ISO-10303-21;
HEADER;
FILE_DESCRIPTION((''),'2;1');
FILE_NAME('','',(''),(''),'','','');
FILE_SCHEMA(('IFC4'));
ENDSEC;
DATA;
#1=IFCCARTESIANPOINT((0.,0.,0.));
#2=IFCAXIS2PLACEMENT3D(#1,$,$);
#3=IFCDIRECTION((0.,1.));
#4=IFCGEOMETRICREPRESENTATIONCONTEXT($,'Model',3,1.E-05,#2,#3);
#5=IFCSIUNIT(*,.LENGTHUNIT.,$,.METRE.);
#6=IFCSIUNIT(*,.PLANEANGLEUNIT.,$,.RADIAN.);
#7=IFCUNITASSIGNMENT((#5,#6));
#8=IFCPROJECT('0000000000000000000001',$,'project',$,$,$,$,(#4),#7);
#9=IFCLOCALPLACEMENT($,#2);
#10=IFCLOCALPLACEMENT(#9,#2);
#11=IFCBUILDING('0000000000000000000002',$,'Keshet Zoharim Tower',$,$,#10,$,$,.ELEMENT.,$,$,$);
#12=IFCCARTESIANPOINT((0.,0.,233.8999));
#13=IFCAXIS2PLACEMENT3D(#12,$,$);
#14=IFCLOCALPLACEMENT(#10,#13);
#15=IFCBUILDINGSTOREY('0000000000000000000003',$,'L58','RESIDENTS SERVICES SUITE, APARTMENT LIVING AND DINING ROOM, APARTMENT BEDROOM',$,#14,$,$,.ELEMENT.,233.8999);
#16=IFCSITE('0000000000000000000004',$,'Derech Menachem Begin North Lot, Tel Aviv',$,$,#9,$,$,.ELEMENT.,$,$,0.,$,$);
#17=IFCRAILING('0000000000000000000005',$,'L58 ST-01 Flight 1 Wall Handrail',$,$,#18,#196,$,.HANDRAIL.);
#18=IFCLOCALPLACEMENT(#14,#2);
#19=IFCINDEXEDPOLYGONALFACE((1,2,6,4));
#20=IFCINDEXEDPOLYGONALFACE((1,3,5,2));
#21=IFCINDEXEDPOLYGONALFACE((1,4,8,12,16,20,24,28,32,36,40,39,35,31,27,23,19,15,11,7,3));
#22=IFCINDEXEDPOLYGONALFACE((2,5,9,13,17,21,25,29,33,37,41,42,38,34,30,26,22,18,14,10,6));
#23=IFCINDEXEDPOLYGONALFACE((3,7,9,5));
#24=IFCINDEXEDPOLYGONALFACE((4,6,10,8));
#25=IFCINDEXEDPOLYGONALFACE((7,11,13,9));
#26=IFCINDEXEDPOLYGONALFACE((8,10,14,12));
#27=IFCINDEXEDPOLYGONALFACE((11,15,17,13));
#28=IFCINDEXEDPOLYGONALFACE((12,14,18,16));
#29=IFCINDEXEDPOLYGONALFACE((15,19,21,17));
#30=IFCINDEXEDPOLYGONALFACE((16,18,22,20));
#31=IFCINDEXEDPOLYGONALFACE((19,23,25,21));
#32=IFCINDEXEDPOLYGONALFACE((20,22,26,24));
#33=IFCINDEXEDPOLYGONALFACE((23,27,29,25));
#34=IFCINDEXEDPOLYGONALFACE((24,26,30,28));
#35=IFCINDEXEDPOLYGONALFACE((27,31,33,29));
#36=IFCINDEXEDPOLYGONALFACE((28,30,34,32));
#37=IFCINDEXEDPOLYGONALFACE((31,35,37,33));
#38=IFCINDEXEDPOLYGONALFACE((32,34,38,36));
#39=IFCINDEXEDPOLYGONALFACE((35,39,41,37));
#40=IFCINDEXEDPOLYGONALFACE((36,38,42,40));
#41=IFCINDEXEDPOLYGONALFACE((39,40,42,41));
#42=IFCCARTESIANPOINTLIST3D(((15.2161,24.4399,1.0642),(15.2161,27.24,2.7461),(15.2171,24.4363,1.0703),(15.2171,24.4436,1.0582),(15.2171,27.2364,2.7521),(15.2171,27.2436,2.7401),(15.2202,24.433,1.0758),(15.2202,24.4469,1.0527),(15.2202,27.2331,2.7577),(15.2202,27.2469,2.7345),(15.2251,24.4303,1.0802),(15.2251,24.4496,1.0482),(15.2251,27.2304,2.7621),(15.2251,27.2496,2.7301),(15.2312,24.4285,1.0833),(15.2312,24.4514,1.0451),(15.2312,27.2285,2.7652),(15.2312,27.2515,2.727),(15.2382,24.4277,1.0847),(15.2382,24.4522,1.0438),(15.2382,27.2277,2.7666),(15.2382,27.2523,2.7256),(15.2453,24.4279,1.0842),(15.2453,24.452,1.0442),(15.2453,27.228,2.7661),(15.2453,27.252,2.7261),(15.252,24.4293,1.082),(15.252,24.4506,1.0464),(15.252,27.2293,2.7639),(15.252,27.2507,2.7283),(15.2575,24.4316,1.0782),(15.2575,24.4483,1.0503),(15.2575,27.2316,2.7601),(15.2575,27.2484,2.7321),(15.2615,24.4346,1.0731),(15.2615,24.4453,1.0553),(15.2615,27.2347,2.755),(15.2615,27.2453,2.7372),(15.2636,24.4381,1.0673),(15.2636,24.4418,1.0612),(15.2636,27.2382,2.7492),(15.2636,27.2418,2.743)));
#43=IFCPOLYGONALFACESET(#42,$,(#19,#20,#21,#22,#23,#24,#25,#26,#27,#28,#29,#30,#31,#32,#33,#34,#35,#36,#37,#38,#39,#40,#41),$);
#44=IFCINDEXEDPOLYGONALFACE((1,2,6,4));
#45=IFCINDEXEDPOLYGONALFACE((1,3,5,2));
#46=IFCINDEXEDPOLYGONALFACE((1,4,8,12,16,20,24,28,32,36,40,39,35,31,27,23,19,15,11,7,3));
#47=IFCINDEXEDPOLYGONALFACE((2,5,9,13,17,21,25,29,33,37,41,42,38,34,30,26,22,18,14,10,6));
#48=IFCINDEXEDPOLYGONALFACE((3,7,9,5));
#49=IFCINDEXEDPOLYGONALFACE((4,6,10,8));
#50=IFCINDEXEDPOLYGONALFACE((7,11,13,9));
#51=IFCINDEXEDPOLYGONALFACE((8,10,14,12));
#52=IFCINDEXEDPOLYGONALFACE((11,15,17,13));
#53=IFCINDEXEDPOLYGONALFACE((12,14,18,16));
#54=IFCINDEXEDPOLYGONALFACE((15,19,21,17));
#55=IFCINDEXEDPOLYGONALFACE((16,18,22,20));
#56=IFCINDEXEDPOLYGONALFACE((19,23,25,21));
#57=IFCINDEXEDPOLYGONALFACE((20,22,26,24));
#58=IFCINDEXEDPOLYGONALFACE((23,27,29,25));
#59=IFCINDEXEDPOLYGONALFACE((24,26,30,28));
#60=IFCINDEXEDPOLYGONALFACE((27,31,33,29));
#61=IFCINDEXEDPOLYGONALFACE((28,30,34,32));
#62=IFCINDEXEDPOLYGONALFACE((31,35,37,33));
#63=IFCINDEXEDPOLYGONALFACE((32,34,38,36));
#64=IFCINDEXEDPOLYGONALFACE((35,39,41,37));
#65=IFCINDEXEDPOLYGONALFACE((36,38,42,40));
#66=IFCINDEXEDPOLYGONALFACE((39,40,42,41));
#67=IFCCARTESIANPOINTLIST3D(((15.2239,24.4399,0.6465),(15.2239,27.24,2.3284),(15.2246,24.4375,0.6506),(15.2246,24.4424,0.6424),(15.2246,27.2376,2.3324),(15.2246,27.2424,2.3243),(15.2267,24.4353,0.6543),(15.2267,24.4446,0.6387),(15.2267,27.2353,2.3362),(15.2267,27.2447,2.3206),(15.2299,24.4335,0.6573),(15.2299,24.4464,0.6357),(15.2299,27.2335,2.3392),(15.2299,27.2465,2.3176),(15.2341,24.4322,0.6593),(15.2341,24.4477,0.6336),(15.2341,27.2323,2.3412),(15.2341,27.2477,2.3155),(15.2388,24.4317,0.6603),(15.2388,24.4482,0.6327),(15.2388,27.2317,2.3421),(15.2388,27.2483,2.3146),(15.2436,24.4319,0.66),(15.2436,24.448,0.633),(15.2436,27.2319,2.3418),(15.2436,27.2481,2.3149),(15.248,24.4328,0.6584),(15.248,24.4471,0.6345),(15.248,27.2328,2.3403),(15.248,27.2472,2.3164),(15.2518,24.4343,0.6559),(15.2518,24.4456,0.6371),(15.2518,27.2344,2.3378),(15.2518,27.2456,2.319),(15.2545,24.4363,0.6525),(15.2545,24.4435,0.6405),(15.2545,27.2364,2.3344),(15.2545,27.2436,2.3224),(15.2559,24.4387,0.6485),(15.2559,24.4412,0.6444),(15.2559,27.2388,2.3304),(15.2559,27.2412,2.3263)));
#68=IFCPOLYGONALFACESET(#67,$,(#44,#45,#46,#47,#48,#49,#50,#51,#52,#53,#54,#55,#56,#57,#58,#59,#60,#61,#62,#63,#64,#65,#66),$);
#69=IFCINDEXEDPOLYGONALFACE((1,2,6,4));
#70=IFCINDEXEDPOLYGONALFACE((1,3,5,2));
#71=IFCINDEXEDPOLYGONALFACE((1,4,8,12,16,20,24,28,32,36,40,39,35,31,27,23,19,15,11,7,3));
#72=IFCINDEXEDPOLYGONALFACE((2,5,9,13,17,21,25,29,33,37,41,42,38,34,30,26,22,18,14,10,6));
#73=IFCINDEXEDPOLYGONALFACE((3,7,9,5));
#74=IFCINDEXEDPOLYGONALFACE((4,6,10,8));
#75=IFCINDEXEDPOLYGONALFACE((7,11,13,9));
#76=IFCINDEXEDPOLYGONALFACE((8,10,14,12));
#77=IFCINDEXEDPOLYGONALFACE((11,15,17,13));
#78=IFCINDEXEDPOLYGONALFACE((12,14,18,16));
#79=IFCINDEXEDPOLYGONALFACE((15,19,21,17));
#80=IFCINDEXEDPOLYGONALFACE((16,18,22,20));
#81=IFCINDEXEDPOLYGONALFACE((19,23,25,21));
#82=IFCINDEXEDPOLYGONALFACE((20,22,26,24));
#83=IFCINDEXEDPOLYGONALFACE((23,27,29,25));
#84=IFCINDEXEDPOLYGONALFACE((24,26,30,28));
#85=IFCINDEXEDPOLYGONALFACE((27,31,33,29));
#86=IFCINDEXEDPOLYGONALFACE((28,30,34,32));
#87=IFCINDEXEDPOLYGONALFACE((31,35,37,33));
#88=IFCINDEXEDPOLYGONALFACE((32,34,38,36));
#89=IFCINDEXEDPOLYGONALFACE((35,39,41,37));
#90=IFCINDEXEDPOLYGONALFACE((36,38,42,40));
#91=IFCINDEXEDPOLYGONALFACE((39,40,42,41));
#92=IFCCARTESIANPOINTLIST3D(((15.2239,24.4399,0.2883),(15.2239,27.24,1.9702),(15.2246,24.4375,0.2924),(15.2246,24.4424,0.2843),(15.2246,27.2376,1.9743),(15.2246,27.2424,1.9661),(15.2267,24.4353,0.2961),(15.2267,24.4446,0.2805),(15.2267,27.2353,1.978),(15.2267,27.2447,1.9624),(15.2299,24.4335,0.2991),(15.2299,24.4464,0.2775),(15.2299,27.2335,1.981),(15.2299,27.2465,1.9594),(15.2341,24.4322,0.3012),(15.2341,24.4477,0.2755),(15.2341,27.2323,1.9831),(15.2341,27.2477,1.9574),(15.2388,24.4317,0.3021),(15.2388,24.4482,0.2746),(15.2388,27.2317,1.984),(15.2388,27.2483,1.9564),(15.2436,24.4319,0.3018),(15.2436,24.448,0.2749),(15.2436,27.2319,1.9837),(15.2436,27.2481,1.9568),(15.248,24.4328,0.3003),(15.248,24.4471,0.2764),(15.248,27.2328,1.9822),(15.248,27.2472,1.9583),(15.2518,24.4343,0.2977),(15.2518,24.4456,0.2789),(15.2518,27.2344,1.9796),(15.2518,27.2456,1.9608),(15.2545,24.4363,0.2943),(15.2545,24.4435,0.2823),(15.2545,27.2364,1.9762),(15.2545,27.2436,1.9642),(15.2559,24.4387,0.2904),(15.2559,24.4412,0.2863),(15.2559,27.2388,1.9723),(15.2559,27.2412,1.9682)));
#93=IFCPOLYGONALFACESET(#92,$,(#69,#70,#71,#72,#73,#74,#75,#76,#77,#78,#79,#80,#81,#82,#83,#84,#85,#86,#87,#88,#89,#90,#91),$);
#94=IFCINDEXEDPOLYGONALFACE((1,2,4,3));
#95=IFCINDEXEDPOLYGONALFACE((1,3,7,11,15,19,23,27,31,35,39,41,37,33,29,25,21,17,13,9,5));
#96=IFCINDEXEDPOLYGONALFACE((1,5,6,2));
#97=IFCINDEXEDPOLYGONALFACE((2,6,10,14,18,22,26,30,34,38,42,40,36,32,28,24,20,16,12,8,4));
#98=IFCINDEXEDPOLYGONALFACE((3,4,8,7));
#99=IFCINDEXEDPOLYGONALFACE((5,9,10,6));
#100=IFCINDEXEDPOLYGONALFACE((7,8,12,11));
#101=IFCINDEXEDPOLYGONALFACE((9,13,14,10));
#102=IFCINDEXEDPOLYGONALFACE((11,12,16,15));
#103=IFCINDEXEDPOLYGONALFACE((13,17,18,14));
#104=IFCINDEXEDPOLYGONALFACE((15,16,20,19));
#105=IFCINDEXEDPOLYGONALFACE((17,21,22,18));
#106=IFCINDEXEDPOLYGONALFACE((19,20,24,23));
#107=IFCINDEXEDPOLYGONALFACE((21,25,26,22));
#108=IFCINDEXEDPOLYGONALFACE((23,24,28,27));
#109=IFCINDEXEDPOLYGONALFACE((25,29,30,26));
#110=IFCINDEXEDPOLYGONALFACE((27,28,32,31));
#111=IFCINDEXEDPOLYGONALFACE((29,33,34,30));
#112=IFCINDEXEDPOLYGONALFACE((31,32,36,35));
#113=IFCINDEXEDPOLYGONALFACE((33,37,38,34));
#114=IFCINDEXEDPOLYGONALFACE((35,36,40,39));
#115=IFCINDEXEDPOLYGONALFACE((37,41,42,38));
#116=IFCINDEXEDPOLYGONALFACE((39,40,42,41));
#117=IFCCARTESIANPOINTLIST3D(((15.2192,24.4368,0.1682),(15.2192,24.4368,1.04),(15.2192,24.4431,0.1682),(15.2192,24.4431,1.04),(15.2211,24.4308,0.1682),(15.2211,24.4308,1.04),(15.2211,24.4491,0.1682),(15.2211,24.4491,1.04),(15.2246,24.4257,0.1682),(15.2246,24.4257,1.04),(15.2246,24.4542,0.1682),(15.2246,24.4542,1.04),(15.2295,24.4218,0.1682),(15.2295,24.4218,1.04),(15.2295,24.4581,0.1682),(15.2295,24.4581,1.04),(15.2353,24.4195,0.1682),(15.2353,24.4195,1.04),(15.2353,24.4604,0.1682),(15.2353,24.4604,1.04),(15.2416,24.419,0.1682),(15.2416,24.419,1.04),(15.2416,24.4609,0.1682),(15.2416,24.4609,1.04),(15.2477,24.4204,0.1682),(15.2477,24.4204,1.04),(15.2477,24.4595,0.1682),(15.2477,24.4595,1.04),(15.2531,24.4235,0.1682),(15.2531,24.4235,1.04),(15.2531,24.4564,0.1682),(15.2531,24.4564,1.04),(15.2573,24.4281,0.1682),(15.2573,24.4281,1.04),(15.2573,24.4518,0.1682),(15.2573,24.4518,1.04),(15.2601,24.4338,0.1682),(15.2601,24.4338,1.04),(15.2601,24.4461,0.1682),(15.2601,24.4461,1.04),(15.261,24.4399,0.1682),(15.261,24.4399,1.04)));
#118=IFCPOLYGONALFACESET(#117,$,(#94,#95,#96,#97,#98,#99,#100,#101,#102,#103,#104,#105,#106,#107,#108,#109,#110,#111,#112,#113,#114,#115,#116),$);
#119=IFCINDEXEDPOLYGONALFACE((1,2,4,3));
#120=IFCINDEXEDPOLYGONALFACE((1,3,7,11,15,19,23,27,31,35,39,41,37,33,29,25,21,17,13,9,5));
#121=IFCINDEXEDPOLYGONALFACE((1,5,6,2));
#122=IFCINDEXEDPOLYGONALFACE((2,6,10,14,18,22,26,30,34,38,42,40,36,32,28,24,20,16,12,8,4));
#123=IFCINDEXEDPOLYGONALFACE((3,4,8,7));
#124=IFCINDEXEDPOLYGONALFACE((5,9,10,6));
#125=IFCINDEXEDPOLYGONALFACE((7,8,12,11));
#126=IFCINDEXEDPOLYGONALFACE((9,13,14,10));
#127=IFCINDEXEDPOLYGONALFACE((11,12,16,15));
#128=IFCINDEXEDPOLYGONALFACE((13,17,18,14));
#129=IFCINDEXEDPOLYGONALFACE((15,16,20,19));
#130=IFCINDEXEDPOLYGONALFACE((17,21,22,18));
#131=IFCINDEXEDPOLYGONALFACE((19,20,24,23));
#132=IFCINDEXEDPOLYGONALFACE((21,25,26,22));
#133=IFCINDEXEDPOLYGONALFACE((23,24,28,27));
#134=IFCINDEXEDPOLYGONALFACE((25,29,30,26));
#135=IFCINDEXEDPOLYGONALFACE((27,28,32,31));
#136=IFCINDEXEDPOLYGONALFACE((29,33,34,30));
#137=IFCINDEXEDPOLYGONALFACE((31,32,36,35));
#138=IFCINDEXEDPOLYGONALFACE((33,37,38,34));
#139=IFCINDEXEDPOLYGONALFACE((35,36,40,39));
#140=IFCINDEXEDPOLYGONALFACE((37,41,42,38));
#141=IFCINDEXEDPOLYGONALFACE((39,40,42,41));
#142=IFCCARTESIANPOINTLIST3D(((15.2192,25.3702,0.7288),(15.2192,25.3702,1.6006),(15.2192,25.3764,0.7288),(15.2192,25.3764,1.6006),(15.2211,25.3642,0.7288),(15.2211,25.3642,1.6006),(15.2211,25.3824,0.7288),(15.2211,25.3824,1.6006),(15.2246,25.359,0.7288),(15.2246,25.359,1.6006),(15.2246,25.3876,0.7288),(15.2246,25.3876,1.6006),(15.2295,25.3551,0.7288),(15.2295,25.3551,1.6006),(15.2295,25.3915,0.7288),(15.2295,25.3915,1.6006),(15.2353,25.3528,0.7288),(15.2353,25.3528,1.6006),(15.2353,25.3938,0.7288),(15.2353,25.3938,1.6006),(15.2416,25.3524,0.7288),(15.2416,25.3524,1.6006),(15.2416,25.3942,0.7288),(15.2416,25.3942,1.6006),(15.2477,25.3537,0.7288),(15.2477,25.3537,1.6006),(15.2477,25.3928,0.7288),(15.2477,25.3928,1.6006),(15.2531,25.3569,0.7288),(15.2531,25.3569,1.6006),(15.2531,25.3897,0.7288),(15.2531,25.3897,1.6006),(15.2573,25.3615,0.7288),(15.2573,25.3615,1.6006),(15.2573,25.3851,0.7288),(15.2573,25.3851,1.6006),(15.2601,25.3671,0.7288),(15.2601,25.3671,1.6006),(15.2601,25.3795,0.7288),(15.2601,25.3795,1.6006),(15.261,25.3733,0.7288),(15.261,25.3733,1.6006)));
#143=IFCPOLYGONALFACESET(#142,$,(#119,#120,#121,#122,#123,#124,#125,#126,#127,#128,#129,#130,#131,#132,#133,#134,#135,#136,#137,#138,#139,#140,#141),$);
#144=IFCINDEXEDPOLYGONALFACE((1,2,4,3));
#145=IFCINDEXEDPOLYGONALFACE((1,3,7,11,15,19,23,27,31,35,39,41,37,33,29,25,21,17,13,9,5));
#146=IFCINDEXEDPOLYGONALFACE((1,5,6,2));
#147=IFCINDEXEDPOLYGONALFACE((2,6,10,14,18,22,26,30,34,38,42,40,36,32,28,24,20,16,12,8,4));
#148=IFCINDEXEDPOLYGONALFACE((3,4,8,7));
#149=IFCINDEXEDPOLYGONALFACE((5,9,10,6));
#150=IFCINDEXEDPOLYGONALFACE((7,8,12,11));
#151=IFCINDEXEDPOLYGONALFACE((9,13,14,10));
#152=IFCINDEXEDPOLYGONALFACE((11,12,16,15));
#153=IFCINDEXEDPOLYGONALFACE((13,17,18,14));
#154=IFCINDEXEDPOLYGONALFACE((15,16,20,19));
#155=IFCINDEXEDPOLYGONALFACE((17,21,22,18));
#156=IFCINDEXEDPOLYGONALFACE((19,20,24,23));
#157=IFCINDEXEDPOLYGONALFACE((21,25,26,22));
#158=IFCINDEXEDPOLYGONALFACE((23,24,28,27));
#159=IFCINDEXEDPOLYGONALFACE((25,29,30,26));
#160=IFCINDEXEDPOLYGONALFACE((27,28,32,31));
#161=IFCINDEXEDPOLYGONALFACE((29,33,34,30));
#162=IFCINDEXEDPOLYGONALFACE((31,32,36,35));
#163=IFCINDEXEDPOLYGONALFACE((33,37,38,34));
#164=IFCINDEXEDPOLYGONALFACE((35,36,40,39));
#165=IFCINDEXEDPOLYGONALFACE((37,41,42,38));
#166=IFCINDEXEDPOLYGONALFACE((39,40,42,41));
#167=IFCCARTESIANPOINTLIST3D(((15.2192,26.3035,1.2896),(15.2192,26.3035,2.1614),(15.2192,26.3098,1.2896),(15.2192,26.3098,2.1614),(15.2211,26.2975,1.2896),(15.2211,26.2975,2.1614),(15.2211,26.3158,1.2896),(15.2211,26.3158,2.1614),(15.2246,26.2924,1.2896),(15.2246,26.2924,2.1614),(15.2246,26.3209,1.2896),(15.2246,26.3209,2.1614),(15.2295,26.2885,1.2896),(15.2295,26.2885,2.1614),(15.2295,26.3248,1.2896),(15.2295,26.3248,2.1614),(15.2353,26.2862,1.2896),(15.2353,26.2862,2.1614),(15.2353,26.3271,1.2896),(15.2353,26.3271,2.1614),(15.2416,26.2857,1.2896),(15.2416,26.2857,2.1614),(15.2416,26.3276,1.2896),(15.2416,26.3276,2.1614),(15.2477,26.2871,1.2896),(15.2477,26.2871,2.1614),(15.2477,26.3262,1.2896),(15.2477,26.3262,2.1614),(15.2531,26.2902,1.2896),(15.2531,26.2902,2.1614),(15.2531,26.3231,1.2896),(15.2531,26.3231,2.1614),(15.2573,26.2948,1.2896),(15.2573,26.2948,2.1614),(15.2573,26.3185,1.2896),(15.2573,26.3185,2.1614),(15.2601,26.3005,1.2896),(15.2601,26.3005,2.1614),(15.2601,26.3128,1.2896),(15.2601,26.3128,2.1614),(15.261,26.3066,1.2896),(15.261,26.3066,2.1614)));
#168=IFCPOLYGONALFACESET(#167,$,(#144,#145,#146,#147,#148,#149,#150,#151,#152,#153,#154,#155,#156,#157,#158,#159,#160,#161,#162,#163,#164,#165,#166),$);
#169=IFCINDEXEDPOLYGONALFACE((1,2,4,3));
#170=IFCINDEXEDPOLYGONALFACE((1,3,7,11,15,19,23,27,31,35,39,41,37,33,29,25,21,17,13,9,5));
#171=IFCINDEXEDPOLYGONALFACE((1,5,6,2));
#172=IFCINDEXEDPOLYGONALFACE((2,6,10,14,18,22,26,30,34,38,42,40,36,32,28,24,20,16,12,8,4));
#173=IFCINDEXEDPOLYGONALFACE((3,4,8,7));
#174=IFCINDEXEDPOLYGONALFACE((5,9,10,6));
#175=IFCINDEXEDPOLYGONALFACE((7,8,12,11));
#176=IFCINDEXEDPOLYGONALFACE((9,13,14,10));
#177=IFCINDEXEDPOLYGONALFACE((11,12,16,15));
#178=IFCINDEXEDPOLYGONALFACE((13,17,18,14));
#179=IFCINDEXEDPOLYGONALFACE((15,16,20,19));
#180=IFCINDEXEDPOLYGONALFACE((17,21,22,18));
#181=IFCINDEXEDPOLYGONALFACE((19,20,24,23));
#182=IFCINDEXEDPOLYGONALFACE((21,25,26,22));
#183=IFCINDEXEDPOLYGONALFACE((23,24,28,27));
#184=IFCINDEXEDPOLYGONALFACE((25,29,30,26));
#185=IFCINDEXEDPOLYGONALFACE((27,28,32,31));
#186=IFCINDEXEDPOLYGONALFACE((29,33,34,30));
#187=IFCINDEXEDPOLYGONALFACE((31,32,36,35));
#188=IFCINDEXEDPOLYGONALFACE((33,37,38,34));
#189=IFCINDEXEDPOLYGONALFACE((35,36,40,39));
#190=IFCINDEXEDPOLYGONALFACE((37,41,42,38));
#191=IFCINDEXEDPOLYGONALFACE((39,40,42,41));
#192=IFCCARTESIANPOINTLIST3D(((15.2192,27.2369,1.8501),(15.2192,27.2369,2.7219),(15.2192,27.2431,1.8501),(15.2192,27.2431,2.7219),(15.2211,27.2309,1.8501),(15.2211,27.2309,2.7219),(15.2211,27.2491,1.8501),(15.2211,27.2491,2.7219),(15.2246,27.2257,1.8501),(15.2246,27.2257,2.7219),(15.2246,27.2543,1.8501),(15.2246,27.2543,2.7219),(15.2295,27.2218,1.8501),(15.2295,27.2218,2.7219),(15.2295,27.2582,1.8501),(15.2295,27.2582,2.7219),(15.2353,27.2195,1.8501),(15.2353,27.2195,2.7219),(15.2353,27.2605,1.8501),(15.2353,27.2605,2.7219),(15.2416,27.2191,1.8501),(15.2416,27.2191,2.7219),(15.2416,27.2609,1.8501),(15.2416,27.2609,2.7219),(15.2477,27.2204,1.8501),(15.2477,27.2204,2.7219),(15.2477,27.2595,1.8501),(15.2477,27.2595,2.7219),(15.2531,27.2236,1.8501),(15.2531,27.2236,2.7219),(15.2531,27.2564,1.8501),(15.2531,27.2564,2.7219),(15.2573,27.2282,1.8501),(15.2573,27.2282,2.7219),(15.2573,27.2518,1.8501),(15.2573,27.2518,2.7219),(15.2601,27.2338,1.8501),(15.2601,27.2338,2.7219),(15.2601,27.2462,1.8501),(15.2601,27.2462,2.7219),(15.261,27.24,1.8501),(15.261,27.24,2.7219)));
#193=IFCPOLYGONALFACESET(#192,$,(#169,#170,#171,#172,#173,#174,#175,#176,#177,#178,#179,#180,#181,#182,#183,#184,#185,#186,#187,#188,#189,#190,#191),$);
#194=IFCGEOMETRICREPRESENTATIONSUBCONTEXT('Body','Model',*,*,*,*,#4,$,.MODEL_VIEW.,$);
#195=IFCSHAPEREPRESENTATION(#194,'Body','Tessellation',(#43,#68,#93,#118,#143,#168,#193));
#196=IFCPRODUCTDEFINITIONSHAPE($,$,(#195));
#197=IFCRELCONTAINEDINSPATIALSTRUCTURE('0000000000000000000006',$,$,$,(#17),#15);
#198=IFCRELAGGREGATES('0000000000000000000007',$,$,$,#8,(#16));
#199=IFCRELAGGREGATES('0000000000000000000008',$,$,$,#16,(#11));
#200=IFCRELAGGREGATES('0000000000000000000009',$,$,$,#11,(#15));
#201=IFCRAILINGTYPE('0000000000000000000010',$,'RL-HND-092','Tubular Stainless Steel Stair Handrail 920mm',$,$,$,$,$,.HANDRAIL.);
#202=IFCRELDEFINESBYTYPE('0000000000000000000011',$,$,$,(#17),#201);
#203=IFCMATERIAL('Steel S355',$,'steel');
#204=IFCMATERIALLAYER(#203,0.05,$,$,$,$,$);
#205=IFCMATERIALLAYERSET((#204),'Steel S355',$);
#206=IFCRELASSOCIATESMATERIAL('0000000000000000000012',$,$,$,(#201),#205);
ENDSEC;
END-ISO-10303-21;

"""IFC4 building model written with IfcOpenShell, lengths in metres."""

from ifc_helpers import new_model, si_unit, direction, frame, origin, origin_2d, place, context, subcontext, project, spatial, circle, extrude, material, layer, layer_set, type_object, element, save


model = new_model("IFC4")

# Units and contexts
model_context = context("Model", 3, precision=1e-05, world=origin(), true_north=direction((0.0, 1.0)))
body_context = subcontext(model_context, "Body", "Model", "MODEL_VIEW")
ifc_project = project(units=[si_unit("LENGTHUNIT", "METRE"), si_unit("PLANEANGLEUNIT", "RADIAN")], contexts=[model_context])

# Site, building, storey
site_placement = place(None, origin())
site = spatial("IfcSite", under=ifc_project, at=site_placement, Name="Derech Menachem Begin North Lot, Tel Aviv", CompositionType="ELEMENT", RefElevation=0.0)
building_placement = place(site_placement, origin())
building = spatial("IfcBuilding", under=site, at=building_placement, Name="Keshet Zoharim Tower", CompositionType="ELEMENT")
storey_placement = place(building_placement, frame((0.0, 0.0, 233.8999)))
storey = spatial("IfcBuildingStorey", under=building, at=storey_placement, Name="L58", Description="RESIDENTS SERVICES SUITE, APARTMENT LIVING AND DINING ROOM, APARTMENT BEDROOM", CompositionType="ELEMENT", Elevation=233.8999)

# Shared definitions
ifc_material_1 = material(Name="Steel S355", Category="steel")

# Railing
ifc_layer_1 = layer(ifc_material_1, 0.05)
ifc_layer_set_1 = layer_set([ifc_layer_1], Name="Steel S355")
railing_type_1 = type_object("IfcRailingType", Name="RL-HND-092", Description="Tubular Stainless Steel Stair Handrail 920mm", PredefinedType="HANDRAIL", material=ifc_layer_set_1)
railing_1_placement = place(storey_placement, frame((15.24, 24.4399, 0.1682)))
element("IfcRailing", 1, at=railing_1_placement, inside=storey, type_object=railing_type_1, Name="L58 ST-01 Flight 1 Wall Handrail", PredefinedType="HANDRAIL", context=body_context, shape_type="SweptSolid", body=[
    extrude(circle(Radius=0.0239, at=origin_2d()), frame((0.0, 0.0, 0.896), z_axis=(0.0, 0.857242, 0.514913), x_axis=(-1.0, 0.0, 0.0)), (0.0, 0.0, 1.0), 3.2664),
    extrude(circle(Radius=0.0161, at=origin_2d()), frame((0.0, 0.0, 0.4783), z_axis=(0.0, 0.857242, 0.514913), x_axis=(-1.0, 0.0, 0.0)), (0.0, 0.0, 1.0), 3.2664),
    extrude(circle(Radius=0.0161, at=origin_2d()), frame((0.0, 0.0, 0.1201), z_axis=(0.0, 0.857242, 0.514913), x_axis=(-1.0, 0.0, 0.0)), (0.0, 0.0, 1.0), 3.2664),
    extrude(circle(Radius=0.021, at=origin_2d()), origin(), (0.0, 0.0, 1.0), 0.8718),
    extrude(circle(Radius=0.021, at=origin_2d()), frame((0.0, 0.9333, 0.5605)), (0.0, 0.0, 1.0), 0.8718),
    extrude(circle(Radius=0.021, at=origin_2d()), frame((0.0, 1.8667, 1.1213)), (0.0, 0.0, 1.0), 0.8718),
    extrude(circle(Radius=0.021, at=origin_2d()), frame((0.0, 2.8, 1.6819)), (0.0, 0.0, 1.0), 0.8718),
])

save(model, "model.ifc")
